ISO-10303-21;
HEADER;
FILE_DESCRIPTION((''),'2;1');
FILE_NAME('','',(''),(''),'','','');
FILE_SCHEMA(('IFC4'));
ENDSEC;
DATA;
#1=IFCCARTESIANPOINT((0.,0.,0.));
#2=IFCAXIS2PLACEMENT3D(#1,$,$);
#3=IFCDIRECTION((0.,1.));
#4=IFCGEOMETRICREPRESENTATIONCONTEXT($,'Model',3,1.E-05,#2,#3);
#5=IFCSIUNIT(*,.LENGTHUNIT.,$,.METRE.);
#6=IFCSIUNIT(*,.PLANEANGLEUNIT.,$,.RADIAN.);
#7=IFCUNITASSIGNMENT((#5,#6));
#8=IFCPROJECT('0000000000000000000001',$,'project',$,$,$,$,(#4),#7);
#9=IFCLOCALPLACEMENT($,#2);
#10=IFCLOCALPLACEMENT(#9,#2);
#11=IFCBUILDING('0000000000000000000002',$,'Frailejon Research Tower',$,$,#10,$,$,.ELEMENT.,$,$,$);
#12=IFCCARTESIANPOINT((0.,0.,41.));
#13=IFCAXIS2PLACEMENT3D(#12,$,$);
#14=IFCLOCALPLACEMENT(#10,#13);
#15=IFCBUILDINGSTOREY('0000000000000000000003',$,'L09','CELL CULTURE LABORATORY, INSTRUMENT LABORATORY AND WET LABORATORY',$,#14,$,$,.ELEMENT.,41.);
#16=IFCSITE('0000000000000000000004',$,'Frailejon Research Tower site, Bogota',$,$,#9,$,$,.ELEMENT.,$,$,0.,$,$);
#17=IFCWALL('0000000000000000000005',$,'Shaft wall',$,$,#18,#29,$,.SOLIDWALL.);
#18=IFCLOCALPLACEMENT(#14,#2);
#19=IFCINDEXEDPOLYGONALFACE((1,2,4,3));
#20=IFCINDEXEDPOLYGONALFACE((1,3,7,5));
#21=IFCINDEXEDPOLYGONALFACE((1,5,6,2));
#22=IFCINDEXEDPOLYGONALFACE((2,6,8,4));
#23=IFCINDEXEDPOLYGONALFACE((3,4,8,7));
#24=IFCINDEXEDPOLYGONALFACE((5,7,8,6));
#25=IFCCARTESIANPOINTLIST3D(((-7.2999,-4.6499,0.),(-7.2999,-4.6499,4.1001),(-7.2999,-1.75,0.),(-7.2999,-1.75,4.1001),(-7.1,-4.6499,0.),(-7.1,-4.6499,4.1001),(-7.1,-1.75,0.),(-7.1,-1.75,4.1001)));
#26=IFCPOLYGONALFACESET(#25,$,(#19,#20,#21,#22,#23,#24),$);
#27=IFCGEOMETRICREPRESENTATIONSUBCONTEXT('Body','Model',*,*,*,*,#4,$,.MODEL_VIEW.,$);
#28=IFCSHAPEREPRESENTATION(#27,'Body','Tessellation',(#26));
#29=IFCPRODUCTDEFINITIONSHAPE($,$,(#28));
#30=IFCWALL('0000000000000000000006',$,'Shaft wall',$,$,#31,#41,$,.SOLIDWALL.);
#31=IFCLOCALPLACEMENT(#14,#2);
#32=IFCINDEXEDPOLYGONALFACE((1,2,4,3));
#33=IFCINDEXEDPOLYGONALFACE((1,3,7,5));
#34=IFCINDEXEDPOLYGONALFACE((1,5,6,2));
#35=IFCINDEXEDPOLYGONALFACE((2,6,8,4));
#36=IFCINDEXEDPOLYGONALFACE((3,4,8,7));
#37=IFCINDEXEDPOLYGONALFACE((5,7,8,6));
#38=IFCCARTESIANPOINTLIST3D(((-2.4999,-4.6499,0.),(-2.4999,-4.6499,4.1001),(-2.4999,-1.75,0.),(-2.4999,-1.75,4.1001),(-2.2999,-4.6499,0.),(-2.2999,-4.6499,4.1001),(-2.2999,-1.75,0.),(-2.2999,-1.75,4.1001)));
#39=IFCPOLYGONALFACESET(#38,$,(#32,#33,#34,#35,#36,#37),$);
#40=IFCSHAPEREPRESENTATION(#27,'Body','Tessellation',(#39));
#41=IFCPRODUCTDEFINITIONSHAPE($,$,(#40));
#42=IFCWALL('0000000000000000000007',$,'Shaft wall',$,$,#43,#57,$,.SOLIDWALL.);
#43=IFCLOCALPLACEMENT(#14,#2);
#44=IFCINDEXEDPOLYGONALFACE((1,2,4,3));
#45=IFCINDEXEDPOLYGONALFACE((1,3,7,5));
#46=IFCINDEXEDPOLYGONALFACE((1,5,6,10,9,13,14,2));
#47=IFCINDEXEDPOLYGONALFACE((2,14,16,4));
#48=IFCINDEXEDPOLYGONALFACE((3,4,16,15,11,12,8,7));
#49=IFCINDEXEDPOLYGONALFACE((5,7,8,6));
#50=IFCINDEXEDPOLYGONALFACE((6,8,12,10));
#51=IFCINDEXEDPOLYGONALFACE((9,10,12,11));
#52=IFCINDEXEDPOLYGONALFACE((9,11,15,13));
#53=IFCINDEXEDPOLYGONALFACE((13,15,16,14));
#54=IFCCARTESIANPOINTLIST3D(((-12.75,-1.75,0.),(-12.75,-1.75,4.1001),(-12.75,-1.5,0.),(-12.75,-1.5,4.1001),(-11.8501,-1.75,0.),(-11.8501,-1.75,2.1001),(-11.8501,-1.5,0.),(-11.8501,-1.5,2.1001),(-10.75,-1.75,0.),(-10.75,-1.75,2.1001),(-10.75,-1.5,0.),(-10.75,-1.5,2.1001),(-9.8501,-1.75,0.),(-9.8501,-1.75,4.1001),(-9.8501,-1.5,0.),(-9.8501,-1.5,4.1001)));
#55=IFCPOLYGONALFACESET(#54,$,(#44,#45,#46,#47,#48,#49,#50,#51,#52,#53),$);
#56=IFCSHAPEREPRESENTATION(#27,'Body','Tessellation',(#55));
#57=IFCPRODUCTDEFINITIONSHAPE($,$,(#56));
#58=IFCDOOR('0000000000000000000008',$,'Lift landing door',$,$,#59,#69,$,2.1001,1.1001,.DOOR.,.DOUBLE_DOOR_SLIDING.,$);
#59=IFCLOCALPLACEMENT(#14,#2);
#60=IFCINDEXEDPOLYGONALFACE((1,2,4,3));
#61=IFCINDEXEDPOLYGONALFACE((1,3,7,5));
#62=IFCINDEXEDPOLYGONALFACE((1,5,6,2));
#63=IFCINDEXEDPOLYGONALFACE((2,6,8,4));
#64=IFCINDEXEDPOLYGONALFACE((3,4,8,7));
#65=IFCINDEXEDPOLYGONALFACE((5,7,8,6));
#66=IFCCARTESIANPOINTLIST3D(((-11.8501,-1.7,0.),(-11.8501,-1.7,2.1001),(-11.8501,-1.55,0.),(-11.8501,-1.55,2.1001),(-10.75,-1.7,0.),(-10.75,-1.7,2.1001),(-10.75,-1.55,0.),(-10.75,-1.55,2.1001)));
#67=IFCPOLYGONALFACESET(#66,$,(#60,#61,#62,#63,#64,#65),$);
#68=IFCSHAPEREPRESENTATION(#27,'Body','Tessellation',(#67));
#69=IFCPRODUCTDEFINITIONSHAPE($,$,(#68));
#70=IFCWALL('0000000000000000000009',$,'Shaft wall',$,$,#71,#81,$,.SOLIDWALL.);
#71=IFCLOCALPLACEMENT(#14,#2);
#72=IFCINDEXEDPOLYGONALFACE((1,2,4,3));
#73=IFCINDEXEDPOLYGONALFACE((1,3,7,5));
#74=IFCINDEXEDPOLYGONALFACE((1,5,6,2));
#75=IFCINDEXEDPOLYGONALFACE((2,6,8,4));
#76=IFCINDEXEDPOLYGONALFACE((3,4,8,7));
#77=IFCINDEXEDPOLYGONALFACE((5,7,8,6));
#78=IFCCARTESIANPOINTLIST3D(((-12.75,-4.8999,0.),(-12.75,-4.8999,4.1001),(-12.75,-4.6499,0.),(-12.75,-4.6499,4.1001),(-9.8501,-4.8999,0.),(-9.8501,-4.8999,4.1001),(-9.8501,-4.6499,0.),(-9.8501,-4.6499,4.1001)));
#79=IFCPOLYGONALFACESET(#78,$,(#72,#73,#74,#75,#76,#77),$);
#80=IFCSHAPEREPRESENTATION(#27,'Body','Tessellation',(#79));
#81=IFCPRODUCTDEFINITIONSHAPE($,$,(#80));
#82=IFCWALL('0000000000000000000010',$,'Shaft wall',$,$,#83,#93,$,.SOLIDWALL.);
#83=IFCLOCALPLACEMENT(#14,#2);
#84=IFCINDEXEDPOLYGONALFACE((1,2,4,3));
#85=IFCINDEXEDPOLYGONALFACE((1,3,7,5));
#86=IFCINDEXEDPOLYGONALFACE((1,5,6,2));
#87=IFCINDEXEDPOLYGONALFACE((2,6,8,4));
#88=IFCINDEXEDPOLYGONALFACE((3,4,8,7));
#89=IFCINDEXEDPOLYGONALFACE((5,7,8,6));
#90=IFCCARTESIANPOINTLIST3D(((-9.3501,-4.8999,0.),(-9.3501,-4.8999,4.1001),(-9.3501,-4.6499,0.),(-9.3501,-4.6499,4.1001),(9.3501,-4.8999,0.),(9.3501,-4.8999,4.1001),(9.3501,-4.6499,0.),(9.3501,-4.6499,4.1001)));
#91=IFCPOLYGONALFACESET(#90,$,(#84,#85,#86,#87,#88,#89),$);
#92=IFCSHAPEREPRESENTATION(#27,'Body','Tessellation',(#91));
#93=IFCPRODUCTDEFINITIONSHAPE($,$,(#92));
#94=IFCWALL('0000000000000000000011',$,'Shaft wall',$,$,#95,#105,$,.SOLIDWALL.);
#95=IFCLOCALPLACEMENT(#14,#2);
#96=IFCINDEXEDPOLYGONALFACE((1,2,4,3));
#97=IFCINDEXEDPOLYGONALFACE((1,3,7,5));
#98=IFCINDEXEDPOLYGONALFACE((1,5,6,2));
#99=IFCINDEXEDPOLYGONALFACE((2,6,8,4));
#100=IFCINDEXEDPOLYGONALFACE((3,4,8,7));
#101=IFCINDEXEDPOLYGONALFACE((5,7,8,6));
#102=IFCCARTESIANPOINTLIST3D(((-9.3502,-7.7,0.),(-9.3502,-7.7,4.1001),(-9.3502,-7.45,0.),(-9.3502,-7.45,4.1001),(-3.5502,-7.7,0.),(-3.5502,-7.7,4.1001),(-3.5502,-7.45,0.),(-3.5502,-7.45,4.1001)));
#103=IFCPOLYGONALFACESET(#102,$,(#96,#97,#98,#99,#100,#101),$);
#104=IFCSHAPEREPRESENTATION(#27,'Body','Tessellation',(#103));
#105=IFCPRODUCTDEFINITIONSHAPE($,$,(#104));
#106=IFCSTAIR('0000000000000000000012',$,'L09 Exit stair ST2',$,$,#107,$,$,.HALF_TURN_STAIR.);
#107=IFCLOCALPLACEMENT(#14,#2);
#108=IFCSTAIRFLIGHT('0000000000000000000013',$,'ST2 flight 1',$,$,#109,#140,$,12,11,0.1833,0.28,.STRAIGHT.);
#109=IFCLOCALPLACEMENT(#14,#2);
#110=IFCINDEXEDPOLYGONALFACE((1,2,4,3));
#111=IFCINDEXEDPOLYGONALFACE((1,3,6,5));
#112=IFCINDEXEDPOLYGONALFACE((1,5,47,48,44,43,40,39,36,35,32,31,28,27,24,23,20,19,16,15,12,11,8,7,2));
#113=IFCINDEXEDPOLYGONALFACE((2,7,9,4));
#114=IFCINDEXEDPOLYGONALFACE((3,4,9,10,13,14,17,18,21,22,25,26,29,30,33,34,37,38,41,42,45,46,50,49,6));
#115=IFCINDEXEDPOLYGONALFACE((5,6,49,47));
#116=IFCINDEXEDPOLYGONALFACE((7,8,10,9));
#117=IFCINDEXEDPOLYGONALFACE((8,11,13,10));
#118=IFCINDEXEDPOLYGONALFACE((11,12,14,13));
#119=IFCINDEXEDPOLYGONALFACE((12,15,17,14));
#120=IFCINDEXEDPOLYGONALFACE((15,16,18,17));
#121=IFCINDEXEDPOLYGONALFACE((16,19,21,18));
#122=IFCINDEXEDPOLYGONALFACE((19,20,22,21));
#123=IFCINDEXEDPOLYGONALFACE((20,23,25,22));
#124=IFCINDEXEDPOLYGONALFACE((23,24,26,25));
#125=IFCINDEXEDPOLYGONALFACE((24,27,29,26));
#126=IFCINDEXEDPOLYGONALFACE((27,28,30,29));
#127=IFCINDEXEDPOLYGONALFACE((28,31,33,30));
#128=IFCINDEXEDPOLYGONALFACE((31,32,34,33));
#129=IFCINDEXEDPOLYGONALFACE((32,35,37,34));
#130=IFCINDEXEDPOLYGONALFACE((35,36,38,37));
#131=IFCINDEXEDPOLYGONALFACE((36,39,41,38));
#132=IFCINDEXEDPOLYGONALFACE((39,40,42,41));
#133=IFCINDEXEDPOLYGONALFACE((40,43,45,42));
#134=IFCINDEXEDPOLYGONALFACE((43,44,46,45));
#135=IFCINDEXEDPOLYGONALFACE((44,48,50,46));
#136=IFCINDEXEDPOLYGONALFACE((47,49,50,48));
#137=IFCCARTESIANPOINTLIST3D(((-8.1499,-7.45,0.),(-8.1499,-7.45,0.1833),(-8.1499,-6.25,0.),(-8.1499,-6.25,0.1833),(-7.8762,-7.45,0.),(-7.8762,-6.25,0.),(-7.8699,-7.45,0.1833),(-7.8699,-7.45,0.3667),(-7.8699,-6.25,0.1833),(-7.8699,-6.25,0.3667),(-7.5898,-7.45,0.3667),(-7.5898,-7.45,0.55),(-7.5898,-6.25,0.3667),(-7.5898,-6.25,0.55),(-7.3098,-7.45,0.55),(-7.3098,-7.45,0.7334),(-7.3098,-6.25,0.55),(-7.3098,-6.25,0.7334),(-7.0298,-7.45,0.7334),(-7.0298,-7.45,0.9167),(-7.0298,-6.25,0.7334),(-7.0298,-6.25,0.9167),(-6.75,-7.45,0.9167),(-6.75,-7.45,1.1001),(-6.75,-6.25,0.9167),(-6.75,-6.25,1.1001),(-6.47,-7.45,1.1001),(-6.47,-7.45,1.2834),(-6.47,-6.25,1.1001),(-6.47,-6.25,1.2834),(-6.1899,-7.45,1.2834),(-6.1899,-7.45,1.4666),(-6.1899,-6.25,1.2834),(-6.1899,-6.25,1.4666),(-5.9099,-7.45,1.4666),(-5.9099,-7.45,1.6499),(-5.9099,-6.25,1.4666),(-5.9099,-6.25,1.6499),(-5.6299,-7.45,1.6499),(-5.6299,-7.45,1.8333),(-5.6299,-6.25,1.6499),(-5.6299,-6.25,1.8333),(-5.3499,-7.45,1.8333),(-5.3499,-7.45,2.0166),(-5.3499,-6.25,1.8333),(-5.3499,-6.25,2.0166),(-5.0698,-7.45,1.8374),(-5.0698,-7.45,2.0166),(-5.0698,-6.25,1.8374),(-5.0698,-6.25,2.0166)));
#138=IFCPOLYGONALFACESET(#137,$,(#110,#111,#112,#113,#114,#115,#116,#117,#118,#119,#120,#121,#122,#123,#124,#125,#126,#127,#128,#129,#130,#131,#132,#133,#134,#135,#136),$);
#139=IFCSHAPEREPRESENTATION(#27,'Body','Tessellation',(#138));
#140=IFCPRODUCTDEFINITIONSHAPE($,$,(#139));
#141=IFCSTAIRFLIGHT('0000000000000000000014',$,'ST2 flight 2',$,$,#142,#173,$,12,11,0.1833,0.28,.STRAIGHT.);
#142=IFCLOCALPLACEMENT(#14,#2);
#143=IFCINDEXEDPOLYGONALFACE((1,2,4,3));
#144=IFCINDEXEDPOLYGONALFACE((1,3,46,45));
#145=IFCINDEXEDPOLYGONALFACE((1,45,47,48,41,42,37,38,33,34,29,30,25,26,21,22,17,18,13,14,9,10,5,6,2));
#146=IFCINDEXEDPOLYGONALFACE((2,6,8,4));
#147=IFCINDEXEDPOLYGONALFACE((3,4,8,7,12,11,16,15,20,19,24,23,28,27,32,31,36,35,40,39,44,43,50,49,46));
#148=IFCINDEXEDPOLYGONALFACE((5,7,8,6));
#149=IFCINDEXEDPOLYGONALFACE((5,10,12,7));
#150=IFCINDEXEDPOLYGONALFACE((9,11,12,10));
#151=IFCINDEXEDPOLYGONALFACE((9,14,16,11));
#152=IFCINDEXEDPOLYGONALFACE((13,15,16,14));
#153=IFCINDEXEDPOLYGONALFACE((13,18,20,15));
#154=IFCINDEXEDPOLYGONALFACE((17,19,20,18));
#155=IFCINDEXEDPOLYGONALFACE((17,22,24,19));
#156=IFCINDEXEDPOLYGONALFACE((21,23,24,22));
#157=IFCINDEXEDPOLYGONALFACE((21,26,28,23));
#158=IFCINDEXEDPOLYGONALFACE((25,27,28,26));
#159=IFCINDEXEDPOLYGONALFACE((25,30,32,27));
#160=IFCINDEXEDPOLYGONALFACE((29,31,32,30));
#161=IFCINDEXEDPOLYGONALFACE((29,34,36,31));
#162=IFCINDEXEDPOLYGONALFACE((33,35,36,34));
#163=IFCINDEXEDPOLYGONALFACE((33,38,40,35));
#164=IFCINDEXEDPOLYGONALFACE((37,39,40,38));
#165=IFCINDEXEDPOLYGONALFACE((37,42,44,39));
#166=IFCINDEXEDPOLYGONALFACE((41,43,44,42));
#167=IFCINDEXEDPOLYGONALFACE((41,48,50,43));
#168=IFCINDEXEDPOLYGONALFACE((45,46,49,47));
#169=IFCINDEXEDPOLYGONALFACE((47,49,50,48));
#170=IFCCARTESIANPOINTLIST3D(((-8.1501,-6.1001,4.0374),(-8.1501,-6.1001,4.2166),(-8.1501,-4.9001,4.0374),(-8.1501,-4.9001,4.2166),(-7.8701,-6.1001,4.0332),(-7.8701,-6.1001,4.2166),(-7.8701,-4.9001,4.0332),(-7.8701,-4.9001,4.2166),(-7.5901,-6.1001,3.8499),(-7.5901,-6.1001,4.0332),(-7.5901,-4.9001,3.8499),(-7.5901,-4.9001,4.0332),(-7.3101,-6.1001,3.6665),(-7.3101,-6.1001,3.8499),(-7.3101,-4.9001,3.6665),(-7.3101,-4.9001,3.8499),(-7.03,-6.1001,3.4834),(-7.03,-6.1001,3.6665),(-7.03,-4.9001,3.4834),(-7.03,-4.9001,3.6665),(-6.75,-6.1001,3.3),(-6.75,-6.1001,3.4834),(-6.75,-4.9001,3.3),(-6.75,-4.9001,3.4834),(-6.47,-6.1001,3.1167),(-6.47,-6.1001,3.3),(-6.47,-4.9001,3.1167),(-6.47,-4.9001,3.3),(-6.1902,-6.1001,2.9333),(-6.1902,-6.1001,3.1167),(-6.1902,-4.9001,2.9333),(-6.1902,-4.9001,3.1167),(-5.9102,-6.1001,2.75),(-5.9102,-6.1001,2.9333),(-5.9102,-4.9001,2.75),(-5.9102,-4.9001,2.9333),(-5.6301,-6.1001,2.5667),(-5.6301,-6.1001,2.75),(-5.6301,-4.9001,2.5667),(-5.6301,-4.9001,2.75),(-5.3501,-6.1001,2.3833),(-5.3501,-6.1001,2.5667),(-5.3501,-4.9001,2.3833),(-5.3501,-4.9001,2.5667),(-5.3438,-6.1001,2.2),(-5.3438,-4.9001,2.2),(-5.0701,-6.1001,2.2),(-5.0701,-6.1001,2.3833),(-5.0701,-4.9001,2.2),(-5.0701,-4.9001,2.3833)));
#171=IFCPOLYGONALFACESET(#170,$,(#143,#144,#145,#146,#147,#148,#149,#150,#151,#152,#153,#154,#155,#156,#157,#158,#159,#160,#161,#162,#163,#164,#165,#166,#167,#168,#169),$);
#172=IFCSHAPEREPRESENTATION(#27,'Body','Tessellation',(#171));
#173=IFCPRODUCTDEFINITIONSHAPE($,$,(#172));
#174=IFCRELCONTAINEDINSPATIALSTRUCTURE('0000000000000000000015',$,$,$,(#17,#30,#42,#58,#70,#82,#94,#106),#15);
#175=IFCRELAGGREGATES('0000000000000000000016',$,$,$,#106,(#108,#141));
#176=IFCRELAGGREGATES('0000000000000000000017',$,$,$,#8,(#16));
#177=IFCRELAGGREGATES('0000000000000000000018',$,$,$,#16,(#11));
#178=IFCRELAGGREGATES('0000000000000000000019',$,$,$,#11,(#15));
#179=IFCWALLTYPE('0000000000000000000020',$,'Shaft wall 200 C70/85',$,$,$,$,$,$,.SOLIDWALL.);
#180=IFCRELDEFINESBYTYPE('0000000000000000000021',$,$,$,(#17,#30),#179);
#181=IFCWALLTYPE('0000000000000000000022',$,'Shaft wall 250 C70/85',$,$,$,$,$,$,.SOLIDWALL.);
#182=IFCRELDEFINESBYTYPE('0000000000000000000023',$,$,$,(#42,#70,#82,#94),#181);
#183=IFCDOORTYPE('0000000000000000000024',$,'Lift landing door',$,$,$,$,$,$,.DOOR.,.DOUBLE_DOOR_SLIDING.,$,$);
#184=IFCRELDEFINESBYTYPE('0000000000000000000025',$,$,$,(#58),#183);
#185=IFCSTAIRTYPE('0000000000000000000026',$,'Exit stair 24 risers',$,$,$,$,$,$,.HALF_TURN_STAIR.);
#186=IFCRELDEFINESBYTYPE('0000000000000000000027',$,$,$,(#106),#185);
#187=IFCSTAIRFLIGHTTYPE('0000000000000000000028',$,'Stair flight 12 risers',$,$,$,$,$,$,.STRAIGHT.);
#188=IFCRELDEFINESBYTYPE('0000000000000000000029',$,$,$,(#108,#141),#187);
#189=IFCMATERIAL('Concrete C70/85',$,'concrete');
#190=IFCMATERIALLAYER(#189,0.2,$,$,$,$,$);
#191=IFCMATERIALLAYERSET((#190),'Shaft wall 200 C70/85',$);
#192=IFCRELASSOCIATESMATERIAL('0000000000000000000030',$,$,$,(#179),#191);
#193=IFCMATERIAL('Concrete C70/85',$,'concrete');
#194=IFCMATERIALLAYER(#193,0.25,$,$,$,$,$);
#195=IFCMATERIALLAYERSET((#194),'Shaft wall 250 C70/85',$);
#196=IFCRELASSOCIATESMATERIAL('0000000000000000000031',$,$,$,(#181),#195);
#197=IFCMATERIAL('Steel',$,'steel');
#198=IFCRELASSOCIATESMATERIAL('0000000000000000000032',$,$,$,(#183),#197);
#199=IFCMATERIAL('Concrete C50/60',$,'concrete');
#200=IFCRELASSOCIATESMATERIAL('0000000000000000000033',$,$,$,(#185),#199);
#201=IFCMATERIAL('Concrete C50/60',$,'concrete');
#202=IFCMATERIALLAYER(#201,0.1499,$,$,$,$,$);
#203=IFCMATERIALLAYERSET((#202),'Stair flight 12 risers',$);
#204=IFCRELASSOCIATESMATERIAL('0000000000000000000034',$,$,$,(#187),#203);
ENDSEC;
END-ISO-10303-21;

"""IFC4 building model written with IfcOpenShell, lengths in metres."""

from ifc_helpers import new_model, si_unit, direction, frame, frame_2d, origin, place, context, subcontext, project, spatial, polyline, rectangle, outline, extrude, material, layer, layer_set, type_object, element, fill, aggregate, save


model = new_model("IFC4")

# Units and contexts
model_context = context("Model", 3, precision=1e-05, world=origin(), true_north=direction((0.0, 1.0)))
body_context = subcontext(model_context, "Body", "Model", "MODEL_VIEW")
ifc_project = project(units=[si_unit("LENGTHUNIT", "METRE"), si_unit("PLANEANGLEUNIT", "RADIAN")], contexts=[model_context])

# Site, building, storey
site_placement = place(None, origin())
site = spatial("IfcSite", under=ifc_project, at=site_placement, Name="Frailejon Research Tower site, Bogota", CompositionType="ELEMENT", RefElevation=0.0)
building_placement = place(site_placement, origin())
building = spatial("IfcBuilding", under=site, at=building_placement, Name="Frailejon Research Tower", CompositionType="ELEMENT")
storey_placement = place(building_placement, frame((0.0, 0.0, 41.0)))
storey = spatial("IfcBuildingStorey", under=building, at=storey_placement, Name="L09", Description="CELL CULTURE LABORATORY, INSTRUMENT LABORATORY AND WET LABORATORY", CompositionType="ELEMENT", Elevation=41.0)

# Walls
ifc_material_1 = material(Name="Concrete C70/85", Category="concrete")
ifc_layer_1 = layer(ifc_material_1, 0.2)
ifc_layer_set_1 = layer_set([ifc_layer_1], Name="Shaft wall 200 C70/85")
wall_type_1 = type_object("IfcWallType", Name="Shaft wall 200 C70/85", PredefinedType="SOLIDWALL", material=ifc_layer_set_1)
for number, where, z_axis, x_axis, name in (
    (1, (-7.2, -4.6499, 0.0), (0.0, 0.0, 1.0), (0.0, 1.0, 0.0), "Shaft wall"),
    (2, (-2.3999, -4.6499, 0.0), (0.0, 0.0, 1.0), (0.0, 1.0, 0.0), "Shaft wall"),
):
    element("IfcWall", number, at=place(storey_placement, frame(where, z_axis=z_axis, x_axis=x_axis)), inside=storey, type_object=wall_type_1, Name=name, PredefinedType="SOLIDWALL", context=body_context, shape_type="SweptSolid", body=[
        extrude(rectangle(XDim=2.8999, YDim=0.2, at=frame_2d((1.45, 0.0))), origin(), (0.0, 0.0, 1.0), 4.1001),
    ])

# Wall, opening, door
ifc_material_2 = material(Name="Concrete C70/85", Category="concrete")
ifc_layer_2 = layer(ifc_material_2, 0.25)
ifc_layer_set_2 = layer_set([ifc_layer_2], Name="Shaft wall 250 C70/85")
wall_type_2 = type_object("IfcWallType", Name="Shaft wall 250 C70/85", PredefinedType="SOLIDWALL", material=ifc_layer_set_2)
wall_1_placement = place(storey_placement, frame((-12.75, -1.625, 0.0), z_axis=(0.0, 0.0, 1.0), x_axis=(1.0, 0.0, 0.0)))
wall_1 = element("IfcWall", 3, at=wall_1_placement, inside=storey, type_object=wall_type_2, Name="Shaft wall", PredefinedType="SOLIDWALL", context=body_context, shape_type="SweptSolid", body=[
    extrude(rectangle(XDim=2.8999, YDim=0.25, at=frame_2d((1.45, 0.0))), origin(), (0.0, 0.0, 1.0), 4.1001),
])
opening_placement = place(wall_1_placement, frame((0.8999, 0.0, 0.0)))
opening = element("IfcOpeningElement", 4, at=opening_placement, cuts=wall_1, PredefinedType="OPENING", context=body_context, shape_type="SweptSolid", body=[
    extrude(rectangle(XDim=1.1001, YDim=2.1001, at=frame_2d((0.55, 1.05))), frame((0.0, 0.135, 0.0), z_axis=(0.0, -1.0, 0.0), x_axis=(1.0, 0.0, 0.0)), (0.0, 0.0, 1.0), 0.27),
])
ifc_material_3 = material(Name="Steel", Category="steel")
door_type = type_object("IfcDoorType", Name="Lift landing door", OperationType="DOUBLE_DOOR_SLIDING", PredefinedType="DOOR", material=ifc_material_3)
door_placement = place(opening_placement, origin())
door = element("IfcDoor", 5, at=door_placement, inside=storey, type_object=door_type, Name="Lift landing door", OperationType="DOUBLE_DOOR_SLIDING", OverallHeight=2.1001, OverallWidth=1.1001, PredefinedType="DOOR", context=body_context, shape_type="SweptSolid", body=[
    extrude(rectangle(XDim=1.1001, YDim=2.1001, at=frame_2d((0.55, 1.05))), frame((0.0, 0.075, 0.0), z_axis=(0.0, -1.0, 0.0), x_axis=(1.0, 0.0, 0.0)), (0.0, 0.0, 1.0), 0.1499),
])
fill(opening, door)

# Walls
wall_2_placement = place(storey_placement, frame((-12.75, -4.7749, 0.0), z_axis=(0.0, 0.0, 1.0), x_axis=(1.0, 0.0, 0.0)))
element("IfcWall", 6, at=wall_2_placement, inside=storey, type_object=wall_type_2, Name="Shaft wall", PredefinedType="SOLIDWALL", context=body_context, shape_type="SweptSolid", body=[
    extrude(rectangle(XDim=2.8999, YDim=0.25, at=frame_2d((1.45, 0.0))), origin(), (0.0, 0.0, 1.0), 4.1001),
])
wall_3_placement = place(storey_placement, frame((-9.3501, -4.7749, 0.0), z_axis=(0.0, 0.0, 1.0), x_axis=(1.0, 0.0, 0.0)))
element("IfcWall", 7, at=wall_3_placement, inside=storey, type_object=wall_type_2, Name="Shaft wall", PredefinedType="SOLIDWALL", context=body_context, shape_type="SweptSolid", body=[
    extrude(rectangle(XDim=18.7002, YDim=0.25, at=frame_2d((9.3501, 0.0))), origin(), (0.0, 0.0, 1.0), 4.1001),
])
wall_4_placement = place(storey_placement, frame((-9.3501, -7.575, 0.0), z_axis=(0.0, 0.0, 1.0), x_axis=(1.0, 0.0, 0.0)))
element("IfcWall", 8, at=wall_4_placement, inside=storey, type_object=wall_type_2, Name="Shaft wall", PredefinedType="SOLIDWALL", context=body_context, shape_type="SweptSolid", body=[
    extrude(rectangle(XDim=5.8, YDim=0.25, at=frame_2d((2.8999, 0.0))), origin(), (0.0, 0.0, 1.0), 4.1001),
])

# Stair, stair flights
ifc_material_4 = material(Name="Concrete C50/60", Category="concrete")
stair_type = type_object("IfcStairType", Name="Exit stair 24 risers", PredefinedType="HALF_TURN_STAIR", material=ifc_material_4)
stair_placement = place(storey_placement, origin())
stair = element("IfcStair", 9, at=stair_placement, inside=storey, type_object=stair_type, Name="L09 Exit stair ST2", PredefinedType="HALF_TURN_STAIR")
ifc_material_5 = material(Name="Concrete C50/60", Category="concrete")
ifc_layer_3 = layer(ifc_material_5, 0.1499)
ifc_layer_set_3 = layer_set([ifc_layer_3], Name="Stair flight 12 risers")
stair_flight_type = type_object("IfcStairFlightType", Name="Stair flight 12 risers", PredefinedType="STRAIGHT", material=ifc_layer_set_3)
stair_flight_1_placement = place(storey_placement, frame((-8.1499, -6.8501, 0.0), z_axis=(0.0, 0.0, 1.0), x_axis=(1.0, 0.0, 0.0)))
stair_flight_1 = element("IfcStairFlight", 10, at=stair_flight_1_placement, type_object=stair_flight_type, Name="ST2 flight 1", NumberOfRisers=12, NumberOfTreads=11, PredefinedType="STRAIGHT", RiserHeight=0.1833, TreadLength=0.28, context=body_context, shape_type="SweptSolid", body=[
    extrude(outline(polyline([(0.0, 0.0), (0.0, 0.1833), (0.28, 0.1833), (0.28, 0.3667), (0.5601, 0.3667), (0.5601, 0.55), (0.8401, 0.55), (0.8401, 0.7334), (1.1201, 0.7334), (1.1201, 0.9167), (1.3999, 0.9167), (1.3999, 1.1001), (1.6799, 1.1001), (1.6799, 1.2834), (1.96, 1.2834), (1.96, 1.4666), (2.24, 1.4666), (2.24, 1.6499), (2.52, 1.6499), (2.52, 1.8333), (2.8, 1.8333), (2.8, 2.0166), (3.0801, 2.0166), (3.0801, 2.2), (3.0801, 1.8374), (0.2737, 0.0), (0.0, 0.0)])), frame((0.0, 0.6001, 0.0), z_axis=(0.0, -1.0, 0.0), x_axis=(1.0, 0.0, 0.0)), (0.0, 0.0, 1.0), 1.2),
])
stair_flight_2_placement = place(storey_placement, frame((-5.0701, -5.5, 2.2), z_axis=(0.0, 0.0, 1.0), x_axis=(-1.0, 0.0, 0.0)))
stair_flight_2 = element("IfcStairFlight", 11, at=stair_flight_2_placement, type_object=stair_flight_type, Name="ST2 flight 2", NumberOfRisers=12, NumberOfTreads=11, PredefinedType="STRAIGHT", RiserHeight=0.1833, TreadLength=0.28, context=body_context, shape_type="SweptSolid", body=[
    extrude(outline(polyline([(0.0, 0.0), (0.0, 0.1833), (0.28, 0.1833), (0.28, 0.3667), (0.5601, 0.3667), (0.5601, 0.55), (0.8401, 0.55), (0.8401, 0.7334), (1.1201, 0.7334), (1.1201, 0.9167), (1.3999, 0.9167), (1.3999, 1.1001), (1.6799, 1.1001), (1.6799, 1.2834), (1.96, 1.2834), (1.96, 1.4666), (2.24, 1.4666), (2.24, 1.6499), (2.52, 1.6499), (2.52, 1.8333), (2.8, 1.8333), (2.8, 2.0166), (3.0801, 2.0166), (3.0801, 2.2), (3.0801, 1.8374), (0.2737, 0.0), (0.0, 0.0)])), frame((0.0, 0.6001, 0.0), z_axis=(0.0, -1.0, 0.0), x_axis=(1.0, 0.0, 0.0)), (0.0, 0.0, 1.0), 1.2),
])
aggregate(stair, [stair_flight_1, stair_flight_2])

save(model, "model.ifc")
